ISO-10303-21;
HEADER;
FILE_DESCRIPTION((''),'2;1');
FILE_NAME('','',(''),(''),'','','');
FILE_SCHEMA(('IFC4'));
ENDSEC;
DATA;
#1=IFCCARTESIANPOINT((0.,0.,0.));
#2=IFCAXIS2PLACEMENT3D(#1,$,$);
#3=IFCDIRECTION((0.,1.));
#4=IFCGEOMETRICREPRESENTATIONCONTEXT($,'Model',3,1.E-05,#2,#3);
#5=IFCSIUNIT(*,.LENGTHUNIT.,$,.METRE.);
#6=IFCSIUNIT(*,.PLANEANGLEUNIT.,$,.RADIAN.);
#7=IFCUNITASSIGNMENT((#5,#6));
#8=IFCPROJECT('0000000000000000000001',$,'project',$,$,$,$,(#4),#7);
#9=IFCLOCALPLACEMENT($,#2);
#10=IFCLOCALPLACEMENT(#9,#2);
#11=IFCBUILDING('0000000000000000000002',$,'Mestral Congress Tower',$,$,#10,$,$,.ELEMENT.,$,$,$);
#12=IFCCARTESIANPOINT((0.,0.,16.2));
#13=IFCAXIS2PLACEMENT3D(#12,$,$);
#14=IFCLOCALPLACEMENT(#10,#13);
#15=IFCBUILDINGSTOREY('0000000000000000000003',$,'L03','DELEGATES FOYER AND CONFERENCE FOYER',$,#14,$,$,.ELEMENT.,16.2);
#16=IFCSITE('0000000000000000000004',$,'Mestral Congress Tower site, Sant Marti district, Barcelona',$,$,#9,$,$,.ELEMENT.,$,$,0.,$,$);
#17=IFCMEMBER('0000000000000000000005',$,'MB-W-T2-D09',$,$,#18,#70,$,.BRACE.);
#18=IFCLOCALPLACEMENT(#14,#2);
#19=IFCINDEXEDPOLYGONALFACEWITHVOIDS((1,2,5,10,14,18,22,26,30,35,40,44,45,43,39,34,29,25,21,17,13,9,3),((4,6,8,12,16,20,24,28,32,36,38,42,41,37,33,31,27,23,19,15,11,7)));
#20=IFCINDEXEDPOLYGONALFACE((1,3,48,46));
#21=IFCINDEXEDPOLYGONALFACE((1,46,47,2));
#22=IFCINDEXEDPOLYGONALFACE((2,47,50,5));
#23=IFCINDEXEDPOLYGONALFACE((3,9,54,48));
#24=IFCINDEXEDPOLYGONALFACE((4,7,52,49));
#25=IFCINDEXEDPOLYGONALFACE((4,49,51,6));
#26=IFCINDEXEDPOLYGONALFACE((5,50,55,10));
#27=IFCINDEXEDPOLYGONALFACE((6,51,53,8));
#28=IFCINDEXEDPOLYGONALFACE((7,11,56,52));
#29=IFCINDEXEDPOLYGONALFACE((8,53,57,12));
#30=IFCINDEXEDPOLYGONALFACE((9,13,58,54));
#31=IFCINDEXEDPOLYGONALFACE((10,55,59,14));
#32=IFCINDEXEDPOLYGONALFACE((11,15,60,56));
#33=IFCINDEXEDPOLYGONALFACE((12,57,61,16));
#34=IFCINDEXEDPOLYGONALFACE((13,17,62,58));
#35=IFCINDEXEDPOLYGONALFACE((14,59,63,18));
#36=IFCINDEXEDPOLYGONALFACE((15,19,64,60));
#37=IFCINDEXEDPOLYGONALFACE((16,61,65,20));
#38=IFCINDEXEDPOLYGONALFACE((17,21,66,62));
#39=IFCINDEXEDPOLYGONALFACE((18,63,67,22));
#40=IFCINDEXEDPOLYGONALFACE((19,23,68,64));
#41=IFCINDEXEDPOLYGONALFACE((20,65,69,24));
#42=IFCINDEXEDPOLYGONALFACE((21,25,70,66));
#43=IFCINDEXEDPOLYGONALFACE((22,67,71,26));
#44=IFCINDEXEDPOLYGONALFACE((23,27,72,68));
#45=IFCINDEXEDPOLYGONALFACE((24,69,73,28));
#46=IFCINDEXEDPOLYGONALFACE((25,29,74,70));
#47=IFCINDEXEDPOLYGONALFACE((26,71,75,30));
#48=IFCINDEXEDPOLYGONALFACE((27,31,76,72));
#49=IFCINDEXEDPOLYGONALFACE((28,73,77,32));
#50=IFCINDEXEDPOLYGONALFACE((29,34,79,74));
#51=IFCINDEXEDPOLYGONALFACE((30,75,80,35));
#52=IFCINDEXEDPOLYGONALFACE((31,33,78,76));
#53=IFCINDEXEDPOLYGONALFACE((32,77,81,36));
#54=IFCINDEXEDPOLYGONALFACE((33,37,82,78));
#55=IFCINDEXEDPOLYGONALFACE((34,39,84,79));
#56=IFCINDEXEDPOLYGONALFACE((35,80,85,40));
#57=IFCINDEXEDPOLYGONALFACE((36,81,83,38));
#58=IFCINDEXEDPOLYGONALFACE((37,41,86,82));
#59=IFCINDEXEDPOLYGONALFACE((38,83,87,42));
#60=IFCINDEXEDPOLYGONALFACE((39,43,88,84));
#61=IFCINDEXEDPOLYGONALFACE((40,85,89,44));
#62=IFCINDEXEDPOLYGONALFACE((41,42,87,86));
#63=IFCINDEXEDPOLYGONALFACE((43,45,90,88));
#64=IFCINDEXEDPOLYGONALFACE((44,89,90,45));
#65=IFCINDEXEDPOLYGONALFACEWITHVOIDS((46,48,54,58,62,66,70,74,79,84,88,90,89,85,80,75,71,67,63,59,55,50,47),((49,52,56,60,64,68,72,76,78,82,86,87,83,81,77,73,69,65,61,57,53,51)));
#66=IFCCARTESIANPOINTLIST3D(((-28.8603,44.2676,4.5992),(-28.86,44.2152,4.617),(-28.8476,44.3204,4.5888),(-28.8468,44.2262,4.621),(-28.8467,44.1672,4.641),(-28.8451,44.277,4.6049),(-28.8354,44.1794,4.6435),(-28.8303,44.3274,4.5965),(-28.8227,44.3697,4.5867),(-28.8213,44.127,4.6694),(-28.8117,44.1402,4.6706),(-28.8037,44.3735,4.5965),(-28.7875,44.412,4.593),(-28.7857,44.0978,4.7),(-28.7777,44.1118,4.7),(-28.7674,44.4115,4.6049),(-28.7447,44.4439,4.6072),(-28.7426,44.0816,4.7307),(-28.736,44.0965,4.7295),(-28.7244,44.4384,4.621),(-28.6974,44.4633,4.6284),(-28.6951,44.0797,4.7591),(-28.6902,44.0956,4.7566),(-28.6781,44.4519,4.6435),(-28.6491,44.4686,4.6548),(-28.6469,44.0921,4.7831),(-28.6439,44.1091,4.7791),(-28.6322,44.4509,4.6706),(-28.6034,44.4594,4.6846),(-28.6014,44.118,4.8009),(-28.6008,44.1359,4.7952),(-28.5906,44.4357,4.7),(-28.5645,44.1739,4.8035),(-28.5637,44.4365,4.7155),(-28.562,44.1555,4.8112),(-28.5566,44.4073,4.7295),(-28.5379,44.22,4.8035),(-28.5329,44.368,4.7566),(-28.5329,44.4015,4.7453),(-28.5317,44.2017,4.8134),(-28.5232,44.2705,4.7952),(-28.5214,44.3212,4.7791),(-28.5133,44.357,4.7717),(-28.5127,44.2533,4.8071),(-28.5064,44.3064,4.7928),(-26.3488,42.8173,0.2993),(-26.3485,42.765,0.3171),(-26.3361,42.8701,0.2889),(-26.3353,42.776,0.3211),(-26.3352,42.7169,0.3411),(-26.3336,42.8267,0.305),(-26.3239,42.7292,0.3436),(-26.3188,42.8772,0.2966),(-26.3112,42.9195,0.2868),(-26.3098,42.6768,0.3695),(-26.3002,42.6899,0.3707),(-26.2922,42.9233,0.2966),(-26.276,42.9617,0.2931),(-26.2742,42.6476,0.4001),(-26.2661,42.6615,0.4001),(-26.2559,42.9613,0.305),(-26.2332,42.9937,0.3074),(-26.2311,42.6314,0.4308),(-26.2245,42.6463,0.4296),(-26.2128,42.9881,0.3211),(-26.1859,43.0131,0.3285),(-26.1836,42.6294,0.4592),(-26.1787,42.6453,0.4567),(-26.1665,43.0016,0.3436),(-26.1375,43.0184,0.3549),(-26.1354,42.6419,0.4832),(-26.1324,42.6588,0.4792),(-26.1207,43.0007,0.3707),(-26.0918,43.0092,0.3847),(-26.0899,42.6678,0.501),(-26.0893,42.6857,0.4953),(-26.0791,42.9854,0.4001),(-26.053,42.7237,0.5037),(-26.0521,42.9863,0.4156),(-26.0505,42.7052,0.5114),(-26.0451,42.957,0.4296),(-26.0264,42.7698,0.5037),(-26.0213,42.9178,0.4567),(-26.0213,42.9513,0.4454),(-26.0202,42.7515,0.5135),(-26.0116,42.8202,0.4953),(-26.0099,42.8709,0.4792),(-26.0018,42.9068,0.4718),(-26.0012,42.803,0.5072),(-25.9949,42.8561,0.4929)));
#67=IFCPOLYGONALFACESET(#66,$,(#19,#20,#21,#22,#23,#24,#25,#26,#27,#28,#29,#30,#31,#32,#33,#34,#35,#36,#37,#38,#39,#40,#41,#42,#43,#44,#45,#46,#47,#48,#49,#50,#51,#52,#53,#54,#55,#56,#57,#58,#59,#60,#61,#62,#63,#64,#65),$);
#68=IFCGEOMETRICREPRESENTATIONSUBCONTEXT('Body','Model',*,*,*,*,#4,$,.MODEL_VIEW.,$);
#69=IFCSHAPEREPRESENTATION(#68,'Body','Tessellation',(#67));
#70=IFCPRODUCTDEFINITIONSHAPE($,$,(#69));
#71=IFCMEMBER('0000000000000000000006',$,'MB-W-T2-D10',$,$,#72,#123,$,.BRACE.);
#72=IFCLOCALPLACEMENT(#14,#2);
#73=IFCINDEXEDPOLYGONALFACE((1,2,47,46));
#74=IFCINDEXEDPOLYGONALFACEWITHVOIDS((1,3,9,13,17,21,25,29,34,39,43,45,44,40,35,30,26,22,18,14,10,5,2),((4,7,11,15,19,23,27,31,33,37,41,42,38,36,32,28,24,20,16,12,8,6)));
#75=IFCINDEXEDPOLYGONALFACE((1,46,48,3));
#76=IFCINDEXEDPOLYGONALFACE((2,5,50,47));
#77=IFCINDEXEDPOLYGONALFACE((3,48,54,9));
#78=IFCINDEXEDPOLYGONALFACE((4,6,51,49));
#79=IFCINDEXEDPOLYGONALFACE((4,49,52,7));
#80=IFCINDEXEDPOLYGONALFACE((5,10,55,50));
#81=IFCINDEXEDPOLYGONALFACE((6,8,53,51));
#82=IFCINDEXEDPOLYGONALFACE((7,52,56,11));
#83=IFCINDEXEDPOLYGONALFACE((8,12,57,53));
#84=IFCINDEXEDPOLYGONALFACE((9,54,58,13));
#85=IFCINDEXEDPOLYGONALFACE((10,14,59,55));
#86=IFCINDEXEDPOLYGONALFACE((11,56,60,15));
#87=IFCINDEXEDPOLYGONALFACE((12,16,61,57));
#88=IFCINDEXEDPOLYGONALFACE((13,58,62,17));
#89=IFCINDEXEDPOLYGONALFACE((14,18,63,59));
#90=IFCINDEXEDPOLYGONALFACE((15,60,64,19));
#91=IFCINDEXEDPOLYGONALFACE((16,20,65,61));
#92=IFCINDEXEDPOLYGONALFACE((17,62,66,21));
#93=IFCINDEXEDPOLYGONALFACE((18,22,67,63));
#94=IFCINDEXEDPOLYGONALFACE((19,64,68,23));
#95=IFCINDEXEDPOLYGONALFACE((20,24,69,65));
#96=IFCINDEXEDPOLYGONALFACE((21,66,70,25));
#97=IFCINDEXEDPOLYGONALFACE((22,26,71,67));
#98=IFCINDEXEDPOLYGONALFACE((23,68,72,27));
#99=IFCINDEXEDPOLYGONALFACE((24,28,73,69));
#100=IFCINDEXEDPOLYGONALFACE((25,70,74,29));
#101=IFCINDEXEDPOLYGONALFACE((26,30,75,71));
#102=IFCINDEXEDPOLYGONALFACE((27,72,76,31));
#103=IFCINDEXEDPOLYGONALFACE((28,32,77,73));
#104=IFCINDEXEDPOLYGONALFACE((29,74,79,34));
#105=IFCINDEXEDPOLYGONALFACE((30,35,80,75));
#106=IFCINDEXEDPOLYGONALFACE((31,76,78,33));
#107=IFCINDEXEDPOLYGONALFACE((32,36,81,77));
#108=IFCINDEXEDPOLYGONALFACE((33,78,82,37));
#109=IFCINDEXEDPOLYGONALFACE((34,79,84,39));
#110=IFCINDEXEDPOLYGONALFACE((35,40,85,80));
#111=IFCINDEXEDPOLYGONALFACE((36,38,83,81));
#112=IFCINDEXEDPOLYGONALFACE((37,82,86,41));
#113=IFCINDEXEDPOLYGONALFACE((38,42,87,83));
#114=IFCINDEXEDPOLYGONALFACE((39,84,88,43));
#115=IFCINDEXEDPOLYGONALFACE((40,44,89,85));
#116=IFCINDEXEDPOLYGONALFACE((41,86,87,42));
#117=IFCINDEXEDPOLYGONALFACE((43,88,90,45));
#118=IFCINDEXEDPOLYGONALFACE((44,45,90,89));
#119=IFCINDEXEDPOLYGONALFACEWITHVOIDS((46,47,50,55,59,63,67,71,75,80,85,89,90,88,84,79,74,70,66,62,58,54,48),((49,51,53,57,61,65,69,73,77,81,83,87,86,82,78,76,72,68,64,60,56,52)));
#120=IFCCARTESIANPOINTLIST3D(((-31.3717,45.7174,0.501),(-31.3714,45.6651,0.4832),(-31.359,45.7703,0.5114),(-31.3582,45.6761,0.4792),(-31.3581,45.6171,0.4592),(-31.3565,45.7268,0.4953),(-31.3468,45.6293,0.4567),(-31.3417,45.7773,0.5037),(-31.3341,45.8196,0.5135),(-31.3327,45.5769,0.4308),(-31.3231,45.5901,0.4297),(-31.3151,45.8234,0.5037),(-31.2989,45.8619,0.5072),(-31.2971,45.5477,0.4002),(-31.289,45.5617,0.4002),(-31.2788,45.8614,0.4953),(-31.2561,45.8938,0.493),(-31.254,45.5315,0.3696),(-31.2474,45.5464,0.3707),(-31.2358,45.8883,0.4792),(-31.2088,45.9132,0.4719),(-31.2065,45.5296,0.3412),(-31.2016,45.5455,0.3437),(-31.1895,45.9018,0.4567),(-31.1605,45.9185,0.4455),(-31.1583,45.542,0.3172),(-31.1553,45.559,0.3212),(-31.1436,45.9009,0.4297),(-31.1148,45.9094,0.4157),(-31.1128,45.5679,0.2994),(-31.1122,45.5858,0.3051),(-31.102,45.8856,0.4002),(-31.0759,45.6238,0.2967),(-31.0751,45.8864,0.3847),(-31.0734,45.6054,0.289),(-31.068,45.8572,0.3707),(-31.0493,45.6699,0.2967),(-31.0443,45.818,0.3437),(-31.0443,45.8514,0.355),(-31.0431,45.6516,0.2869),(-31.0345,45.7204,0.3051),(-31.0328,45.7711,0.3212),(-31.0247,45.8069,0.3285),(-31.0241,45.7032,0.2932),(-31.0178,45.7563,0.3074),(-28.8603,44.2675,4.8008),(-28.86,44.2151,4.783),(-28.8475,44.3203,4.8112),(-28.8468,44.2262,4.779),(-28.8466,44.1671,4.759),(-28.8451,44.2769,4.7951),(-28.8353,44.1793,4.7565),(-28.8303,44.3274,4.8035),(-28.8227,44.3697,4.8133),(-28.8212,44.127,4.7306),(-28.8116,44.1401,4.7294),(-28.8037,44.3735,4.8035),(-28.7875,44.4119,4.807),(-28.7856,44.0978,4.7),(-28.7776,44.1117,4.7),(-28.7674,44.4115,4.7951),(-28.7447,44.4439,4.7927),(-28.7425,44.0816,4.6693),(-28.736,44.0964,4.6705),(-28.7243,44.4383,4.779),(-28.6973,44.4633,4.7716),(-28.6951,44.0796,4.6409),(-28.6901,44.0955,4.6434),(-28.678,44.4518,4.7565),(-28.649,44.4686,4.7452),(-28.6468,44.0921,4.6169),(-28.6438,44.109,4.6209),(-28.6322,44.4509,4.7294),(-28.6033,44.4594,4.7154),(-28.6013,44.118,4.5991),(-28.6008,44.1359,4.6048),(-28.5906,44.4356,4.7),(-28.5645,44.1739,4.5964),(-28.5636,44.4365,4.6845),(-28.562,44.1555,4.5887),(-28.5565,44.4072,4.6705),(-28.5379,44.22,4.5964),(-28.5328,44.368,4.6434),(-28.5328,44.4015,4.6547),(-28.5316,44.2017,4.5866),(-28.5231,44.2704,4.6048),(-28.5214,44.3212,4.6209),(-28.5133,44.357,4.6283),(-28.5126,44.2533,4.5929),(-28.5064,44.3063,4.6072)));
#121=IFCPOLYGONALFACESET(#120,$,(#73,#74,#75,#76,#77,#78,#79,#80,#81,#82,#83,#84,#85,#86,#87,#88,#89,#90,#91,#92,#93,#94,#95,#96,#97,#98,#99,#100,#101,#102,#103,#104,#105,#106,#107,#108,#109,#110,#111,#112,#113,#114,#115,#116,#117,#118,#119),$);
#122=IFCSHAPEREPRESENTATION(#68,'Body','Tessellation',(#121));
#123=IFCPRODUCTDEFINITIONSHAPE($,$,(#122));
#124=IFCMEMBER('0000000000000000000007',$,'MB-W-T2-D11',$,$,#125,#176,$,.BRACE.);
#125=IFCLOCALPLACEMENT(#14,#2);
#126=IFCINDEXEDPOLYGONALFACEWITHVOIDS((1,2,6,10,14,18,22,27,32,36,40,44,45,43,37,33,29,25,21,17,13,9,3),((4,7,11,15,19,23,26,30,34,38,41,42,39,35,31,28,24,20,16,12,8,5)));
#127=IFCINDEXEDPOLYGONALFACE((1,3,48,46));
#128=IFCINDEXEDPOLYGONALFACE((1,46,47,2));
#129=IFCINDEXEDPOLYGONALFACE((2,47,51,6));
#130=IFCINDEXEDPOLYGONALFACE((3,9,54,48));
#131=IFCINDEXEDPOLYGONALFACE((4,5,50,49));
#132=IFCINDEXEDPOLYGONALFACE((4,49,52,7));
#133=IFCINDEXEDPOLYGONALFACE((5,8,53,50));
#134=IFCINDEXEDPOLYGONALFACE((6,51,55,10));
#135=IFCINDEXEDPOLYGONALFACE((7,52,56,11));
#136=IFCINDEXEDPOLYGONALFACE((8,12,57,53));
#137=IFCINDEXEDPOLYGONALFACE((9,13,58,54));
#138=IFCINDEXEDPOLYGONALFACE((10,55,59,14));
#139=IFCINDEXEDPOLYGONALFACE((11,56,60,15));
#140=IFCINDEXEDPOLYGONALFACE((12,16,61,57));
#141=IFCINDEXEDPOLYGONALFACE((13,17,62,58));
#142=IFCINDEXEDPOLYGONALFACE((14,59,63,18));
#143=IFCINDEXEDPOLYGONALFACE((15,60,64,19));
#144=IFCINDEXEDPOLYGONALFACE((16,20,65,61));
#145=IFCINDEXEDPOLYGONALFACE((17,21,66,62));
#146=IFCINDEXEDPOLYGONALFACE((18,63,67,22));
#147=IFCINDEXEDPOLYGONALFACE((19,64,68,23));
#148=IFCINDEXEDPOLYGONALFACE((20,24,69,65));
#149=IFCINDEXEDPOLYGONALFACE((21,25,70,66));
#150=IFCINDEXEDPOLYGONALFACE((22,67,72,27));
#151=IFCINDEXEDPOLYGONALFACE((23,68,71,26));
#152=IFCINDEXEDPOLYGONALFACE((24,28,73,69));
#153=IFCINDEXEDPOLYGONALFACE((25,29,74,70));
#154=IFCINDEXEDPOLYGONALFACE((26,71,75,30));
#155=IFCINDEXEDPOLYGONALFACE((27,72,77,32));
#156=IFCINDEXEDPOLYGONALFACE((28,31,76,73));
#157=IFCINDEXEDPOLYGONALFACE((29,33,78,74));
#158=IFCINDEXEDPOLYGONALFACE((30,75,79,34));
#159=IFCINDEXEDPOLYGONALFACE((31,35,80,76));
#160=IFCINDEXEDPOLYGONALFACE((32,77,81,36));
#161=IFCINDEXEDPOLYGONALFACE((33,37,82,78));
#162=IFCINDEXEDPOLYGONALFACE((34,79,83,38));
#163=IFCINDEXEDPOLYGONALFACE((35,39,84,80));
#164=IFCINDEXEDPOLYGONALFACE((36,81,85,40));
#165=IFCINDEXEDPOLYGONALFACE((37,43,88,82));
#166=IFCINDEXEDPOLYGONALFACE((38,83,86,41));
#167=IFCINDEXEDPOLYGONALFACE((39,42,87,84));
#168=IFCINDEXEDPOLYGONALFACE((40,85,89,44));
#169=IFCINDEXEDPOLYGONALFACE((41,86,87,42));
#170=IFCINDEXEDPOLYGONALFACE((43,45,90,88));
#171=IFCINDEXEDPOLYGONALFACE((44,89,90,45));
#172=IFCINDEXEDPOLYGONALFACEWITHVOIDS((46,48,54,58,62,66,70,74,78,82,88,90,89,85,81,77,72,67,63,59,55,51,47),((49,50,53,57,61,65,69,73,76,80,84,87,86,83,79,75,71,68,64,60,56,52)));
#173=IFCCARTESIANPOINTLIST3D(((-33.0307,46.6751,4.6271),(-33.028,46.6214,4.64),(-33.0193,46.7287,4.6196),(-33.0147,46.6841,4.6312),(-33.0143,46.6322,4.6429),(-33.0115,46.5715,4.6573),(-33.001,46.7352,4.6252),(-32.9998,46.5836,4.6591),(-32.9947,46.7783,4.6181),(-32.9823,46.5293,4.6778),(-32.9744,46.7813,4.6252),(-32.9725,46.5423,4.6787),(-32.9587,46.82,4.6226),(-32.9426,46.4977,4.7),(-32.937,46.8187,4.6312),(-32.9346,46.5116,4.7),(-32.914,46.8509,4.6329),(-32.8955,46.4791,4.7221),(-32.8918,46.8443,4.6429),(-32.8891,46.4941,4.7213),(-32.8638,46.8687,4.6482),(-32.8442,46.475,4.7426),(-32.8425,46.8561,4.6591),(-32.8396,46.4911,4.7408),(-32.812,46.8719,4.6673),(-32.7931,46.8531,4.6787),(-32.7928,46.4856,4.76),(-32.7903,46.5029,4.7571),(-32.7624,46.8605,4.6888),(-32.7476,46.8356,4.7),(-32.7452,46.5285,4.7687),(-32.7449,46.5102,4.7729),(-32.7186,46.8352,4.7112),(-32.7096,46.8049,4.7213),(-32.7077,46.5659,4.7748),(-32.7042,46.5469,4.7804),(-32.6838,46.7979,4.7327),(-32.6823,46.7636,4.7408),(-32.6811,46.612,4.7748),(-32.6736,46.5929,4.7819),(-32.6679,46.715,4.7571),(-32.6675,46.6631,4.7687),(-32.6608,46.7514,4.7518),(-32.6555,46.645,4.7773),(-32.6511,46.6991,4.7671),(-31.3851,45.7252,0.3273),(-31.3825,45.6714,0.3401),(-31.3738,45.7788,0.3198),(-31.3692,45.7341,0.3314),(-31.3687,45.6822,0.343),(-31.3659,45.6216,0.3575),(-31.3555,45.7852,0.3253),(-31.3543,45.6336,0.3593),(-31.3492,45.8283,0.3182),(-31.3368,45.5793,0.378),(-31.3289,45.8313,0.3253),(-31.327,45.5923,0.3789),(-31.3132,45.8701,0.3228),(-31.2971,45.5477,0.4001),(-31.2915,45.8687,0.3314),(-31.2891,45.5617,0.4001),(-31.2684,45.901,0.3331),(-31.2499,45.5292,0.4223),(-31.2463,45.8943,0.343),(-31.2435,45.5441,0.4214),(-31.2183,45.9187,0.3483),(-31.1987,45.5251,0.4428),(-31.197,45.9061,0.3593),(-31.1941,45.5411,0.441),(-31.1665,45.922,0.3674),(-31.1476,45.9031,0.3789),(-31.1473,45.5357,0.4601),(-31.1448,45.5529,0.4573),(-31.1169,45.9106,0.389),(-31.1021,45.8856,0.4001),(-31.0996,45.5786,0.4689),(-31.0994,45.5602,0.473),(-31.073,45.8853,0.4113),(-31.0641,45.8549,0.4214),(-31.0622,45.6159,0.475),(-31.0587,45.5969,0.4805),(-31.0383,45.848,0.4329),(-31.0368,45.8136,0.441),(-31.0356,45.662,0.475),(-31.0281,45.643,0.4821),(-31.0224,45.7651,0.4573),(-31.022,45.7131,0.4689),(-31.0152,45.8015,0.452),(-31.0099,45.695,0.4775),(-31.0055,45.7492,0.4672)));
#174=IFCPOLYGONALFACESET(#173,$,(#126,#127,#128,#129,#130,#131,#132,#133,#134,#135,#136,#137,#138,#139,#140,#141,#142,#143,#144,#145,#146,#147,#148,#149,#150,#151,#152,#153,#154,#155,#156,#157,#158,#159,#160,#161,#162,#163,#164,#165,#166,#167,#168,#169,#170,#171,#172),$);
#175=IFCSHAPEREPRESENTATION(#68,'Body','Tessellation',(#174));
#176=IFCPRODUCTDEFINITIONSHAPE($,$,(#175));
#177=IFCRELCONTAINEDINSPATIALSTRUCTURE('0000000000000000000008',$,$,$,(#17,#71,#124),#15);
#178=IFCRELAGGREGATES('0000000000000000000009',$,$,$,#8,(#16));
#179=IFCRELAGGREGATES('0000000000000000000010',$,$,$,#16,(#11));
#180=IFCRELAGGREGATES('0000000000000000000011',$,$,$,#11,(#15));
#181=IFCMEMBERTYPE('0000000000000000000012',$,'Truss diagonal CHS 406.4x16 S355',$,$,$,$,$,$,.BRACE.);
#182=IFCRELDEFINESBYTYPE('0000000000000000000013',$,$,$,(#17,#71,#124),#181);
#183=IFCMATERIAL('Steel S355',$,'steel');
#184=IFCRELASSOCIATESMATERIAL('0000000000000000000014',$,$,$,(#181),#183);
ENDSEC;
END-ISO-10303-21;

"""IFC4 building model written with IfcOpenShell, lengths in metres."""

from ifc_helpers import new_model, si_unit, direction, frame, origin, origin_2d, place, context, subcontext, project, spatial, hollow_circle, extrude, material, material_profile, profile_set, type_object, element, save


model = new_model("IFC4")

# Units and contexts
model_context = context("Model", 3, precision=1e-05, world=origin(), true_north=direction((0.0, 1.0)))
body_context = subcontext(model_context, "Body", "Model", "MODEL_VIEW")
ifc_project = project(units=[si_unit("LENGTHUNIT", "METRE"), si_unit("PLANEANGLEUNIT", "RADIAN")], contexts=[model_context])

# Site, building, storey
site_placement = place(None, origin())
site = spatial("IfcSite", under=ifc_project, at=site_placement, Name="Mestral Congress Tower site, Sant Marti district, Barcelona", CompositionType="ELEMENT", RefElevation=0.0)
building_placement = place(site_placement, origin())
building = spatial("IfcBuilding", under=site, at=building_placement, Name="Mestral Congress Tower", CompositionType="ELEMENT")
storey_placement = place(building_placement, frame((0.0, 0.0, 16.2)))
storey = spatial("IfcBuildingStorey", under=building, at=storey_placement, Name="L03", Description="DELEGATES FOYER AND CONFERENCE FOYER", CompositionType="ELEMENT", Elevation=16.2)

# Members
ifc_material_1 = material(Name="Steel S355", Category="steel")
ifc_material_profile_1 = material_profile(ifc_material_1, hollow_circle(Radius=0.2031, WallThickness=0.0161, at=origin_2d()), Name="CHS 406.4x16")
ifc_profile_set_1 = profile_set([ifc_material_profile_1], Name="Steel S355")
member_type_1 = type_object("IfcMemberType", Name="Truss diagonal CHS 406.4x16 S355", PredefinedType="BRACE", material=ifc_profile_set_1)
member_1_placement = place(storey_placement, frame((-26.1726, 42.8235, 0.4001), z_axis=(-0.484241, 0.279614, 0.829052), x_axis=(-0.50005, -0.865996, 0.0)))
element("IfcMember", 1, at=member_1_placement, inside=storey, type_object=member_type_1, Name="MB-W-T2-D09", PredefinedType="BRACE", context=body_context, shape_type="SweptSolid", body=[
    extrude(hollow_circle(Radius=0.2031, WallThickness=0.0161, at=origin_2d()), origin(), (0.0, 0.0, 1.0), 5.1865),
])
member_2_placement = place(storey_placement, frame((-28.6841, 44.2737, 4.7), z_axis=(-0.484247, 0.279571, -0.829062), x_axis=(-0.499987, -0.866033, 0.0)))
element("IfcMember", 2, at=member_2_placement, inside=storey, type_object=member_type_1, Name="MB-W-T2-D10", PredefinedType="BRACE", context=body_context, shape_type="SweptSolid", body=[
    extrude(hollow_circle(Radius=0.2031, WallThickness=0.0161, at=origin_2d()), origin(), (0.0, 0.0, 1.0), 5.1863),
])
member_3_placement = place(storey_placement, frame((-31.1956, 45.7236, 0.4001), z_axis=(-0.350041, 0.202079, 0.914678), x_axis=(-0.499967, -0.866044, 0.0)))
element("IfcMember", 3, at=member_3_placement, inside=storey, type_object=member_type_1, Name="MB-W-T2-D11", PredefinedType="BRACE", context=body_context, shape_type="SweptSolid", body=[
    extrude(hollow_circle(Radius=0.2031, WallThickness=0.0161, at=origin_2d()), origin(), (0.0, 0.0, 1.0), 4.7009),
])

save(model, "model.ifc")
